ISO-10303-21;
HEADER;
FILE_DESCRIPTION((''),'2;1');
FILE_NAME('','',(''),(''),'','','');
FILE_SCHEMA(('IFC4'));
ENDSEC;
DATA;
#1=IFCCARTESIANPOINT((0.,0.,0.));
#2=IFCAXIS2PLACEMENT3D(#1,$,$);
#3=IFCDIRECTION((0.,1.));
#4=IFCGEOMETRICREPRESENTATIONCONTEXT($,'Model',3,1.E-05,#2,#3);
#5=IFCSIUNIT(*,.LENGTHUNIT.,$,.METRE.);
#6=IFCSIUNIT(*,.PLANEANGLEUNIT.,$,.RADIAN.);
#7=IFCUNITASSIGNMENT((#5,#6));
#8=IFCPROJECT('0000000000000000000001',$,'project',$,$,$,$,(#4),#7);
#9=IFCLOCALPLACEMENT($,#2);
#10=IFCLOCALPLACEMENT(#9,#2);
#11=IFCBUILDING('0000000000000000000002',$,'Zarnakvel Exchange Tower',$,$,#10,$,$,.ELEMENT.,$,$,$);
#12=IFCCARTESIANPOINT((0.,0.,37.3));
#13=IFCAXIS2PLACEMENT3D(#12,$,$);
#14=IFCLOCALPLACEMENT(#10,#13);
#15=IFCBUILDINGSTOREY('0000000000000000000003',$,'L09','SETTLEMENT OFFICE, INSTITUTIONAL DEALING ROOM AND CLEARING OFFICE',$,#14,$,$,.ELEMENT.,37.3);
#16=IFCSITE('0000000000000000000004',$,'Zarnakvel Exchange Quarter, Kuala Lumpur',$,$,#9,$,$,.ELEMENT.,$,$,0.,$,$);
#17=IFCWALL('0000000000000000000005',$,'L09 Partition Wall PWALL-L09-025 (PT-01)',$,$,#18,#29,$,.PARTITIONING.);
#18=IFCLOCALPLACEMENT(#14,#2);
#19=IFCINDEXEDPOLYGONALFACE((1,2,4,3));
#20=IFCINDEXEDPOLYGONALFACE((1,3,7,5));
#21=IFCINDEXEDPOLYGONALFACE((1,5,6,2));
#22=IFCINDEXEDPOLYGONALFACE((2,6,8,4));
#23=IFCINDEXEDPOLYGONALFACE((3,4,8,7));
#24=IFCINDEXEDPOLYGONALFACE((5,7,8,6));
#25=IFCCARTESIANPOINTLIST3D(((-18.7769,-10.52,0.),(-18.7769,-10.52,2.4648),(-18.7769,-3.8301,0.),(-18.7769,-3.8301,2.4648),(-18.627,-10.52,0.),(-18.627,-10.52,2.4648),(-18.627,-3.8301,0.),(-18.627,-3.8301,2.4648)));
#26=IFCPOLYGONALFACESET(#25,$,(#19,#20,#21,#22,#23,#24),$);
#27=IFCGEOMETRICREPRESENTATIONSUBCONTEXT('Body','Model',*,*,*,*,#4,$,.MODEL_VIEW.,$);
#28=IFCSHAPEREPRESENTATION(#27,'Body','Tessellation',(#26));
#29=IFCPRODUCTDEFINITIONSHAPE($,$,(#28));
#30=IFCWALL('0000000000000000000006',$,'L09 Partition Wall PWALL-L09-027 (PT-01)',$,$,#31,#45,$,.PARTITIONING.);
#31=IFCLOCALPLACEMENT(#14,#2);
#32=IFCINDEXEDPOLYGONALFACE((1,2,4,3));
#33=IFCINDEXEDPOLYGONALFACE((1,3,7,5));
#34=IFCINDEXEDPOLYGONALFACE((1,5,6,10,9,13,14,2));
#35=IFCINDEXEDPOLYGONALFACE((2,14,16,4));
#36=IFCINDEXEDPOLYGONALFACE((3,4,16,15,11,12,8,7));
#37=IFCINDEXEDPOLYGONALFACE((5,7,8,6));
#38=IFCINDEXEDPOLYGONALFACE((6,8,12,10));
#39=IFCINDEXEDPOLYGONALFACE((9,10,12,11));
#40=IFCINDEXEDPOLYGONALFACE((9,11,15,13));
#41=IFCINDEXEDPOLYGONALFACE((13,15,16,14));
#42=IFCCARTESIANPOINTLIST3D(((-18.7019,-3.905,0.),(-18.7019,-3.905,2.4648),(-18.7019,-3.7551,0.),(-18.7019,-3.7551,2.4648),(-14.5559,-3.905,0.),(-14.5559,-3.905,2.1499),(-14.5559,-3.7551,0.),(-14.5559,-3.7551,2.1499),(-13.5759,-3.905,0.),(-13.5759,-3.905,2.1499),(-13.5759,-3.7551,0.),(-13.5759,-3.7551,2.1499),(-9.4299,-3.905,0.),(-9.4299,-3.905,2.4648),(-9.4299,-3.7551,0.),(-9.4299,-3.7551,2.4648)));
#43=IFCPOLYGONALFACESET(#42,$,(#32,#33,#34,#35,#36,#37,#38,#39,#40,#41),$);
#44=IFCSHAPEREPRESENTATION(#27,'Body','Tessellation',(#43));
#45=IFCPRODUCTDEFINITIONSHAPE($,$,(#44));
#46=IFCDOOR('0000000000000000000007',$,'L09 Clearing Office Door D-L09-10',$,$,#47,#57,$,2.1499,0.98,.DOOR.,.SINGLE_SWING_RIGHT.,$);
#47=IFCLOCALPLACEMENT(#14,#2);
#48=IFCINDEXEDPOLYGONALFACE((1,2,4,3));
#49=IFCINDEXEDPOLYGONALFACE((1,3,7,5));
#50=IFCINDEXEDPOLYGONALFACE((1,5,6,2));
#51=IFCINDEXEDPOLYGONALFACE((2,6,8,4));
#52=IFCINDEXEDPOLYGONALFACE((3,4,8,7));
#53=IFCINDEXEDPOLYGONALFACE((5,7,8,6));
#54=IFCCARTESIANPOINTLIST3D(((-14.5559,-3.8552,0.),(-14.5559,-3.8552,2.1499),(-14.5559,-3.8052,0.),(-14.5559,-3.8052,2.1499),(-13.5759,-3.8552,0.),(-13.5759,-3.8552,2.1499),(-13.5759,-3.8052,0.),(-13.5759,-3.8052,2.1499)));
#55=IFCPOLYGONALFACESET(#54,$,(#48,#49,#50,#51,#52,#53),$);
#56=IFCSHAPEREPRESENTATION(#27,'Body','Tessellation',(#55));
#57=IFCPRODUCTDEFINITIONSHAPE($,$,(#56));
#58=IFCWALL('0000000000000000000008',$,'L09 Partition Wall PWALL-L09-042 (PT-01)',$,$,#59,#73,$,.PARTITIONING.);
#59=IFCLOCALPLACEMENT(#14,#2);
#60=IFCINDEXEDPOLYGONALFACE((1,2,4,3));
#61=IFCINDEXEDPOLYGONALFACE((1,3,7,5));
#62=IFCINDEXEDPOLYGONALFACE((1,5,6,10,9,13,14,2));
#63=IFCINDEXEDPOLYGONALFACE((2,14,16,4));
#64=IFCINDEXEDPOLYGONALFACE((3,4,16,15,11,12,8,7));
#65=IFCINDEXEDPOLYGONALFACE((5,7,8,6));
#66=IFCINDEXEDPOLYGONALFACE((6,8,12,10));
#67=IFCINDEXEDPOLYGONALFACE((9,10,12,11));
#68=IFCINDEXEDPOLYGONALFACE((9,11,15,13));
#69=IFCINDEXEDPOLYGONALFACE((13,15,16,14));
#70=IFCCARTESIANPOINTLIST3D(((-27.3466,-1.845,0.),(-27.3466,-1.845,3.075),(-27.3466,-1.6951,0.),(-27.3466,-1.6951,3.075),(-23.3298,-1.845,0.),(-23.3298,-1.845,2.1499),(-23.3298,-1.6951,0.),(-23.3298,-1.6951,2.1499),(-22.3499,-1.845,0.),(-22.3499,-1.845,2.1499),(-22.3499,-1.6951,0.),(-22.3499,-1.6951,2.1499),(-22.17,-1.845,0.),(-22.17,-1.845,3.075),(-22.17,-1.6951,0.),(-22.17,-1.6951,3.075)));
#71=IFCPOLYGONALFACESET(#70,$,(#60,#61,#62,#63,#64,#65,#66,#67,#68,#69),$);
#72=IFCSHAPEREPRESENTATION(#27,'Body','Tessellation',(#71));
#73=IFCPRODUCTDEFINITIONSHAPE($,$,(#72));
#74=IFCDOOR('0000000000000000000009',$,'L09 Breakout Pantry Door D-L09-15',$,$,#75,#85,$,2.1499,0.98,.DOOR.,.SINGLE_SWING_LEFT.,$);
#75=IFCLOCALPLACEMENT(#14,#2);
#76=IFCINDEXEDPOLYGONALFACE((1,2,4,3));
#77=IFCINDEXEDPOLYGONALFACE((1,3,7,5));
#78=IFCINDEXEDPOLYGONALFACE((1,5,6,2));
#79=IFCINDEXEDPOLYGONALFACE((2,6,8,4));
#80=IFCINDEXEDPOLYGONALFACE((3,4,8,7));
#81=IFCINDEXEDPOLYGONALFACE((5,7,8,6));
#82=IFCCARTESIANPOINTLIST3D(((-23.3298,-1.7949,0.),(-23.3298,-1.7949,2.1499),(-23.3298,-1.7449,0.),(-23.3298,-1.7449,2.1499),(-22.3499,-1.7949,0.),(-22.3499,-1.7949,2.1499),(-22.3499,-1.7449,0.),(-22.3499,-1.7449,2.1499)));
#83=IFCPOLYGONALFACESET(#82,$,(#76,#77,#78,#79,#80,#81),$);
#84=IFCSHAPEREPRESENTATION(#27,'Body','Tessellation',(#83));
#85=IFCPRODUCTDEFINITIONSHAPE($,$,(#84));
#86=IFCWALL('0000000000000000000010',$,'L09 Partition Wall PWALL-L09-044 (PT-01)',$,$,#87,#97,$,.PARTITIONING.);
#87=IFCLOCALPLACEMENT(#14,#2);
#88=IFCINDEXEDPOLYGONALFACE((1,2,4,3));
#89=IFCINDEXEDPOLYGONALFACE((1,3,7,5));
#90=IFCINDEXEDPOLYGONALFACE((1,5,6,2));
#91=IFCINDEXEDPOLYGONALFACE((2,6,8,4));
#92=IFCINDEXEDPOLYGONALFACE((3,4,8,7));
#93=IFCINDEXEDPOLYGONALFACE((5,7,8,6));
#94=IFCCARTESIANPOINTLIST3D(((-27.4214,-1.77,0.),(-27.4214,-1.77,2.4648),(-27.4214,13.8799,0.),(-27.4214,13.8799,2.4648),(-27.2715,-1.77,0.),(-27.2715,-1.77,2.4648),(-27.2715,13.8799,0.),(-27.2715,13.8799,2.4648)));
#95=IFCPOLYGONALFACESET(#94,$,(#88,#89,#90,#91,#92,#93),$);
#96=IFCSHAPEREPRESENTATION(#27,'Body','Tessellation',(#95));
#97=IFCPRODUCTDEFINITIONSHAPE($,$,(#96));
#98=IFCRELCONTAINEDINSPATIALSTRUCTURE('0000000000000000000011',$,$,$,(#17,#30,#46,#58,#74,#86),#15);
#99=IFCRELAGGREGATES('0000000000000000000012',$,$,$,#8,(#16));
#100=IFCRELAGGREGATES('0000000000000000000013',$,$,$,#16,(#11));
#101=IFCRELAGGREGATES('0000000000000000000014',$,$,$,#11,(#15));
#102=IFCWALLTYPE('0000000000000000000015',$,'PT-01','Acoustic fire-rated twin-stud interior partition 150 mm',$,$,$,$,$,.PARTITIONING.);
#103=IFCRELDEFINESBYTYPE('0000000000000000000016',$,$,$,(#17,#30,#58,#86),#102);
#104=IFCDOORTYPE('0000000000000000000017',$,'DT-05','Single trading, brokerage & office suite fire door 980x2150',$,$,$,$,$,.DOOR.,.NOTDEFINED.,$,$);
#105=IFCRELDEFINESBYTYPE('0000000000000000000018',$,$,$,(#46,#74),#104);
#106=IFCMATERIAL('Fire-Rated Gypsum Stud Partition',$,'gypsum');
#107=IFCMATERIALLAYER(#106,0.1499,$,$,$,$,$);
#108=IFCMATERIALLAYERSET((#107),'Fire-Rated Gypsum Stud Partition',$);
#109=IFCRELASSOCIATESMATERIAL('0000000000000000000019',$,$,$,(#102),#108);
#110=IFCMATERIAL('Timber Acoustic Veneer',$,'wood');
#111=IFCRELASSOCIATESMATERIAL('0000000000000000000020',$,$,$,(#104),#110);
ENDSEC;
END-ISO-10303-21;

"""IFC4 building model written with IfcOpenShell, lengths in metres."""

from ifc_helpers import new_model, si_unit, direction, frame, frame_2d, origin, place, context, subcontext, project, spatial, rectangle, extrude, source, transform, mapped, material, layer, layer_set, type_object, element, fill, save


model = new_model("IFC4")

# Units and contexts
model_context = context("Model", 3, precision=1e-05, world=origin(), true_north=direction((0.0, 1.0)))
body_context = subcontext(model_context, "Body", "Model", "MODEL_VIEW")
ifc_project = project(units=[si_unit("LENGTHUNIT", "METRE"), si_unit("PLANEANGLEUNIT", "RADIAN")], contexts=[model_context])

# Site, building, storey
site_placement = place(None, origin())
site = spatial("IfcSite", under=ifc_project, at=site_placement, Name="Zarnakvel Exchange Quarter, Kuala Lumpur", CompositionType="ELEMENT", RefElevation=0.0)
building_placement = place(site_placement, origin())
building = spatial("IfcBuilding", under=site, at=building_placement, Name="Zarnakvel Exchange Tower", CompositionType="ELEMENT")
storey_placement = place(building_placement, frame((0.0, 0.0, 37.3)))
storey = spatial("IfcBuildingStorey", under=building, at=storey_placement, Name="L09", Description="SETTLEMENT OFFICE, INSTITUTIONAL DEALING ROOM AND CLEARING OFFICE", CompositionType="ELEMENT", Elevation=37.3)

# Shared definitions
ifc_material_1 = material(Name="Fire-Rated Gypsum Stud Partition", Category="gypsum")
ifc_layer_1 = layer(ifc_material_1, 0.1499)
ifc_layer_set_1 = layer_set([ifc_layer_1], Name="Fire-Rated Gypsum Stud Partition")
wall_type = type_object("IfcWallType", Name="PT-01", Description="Acoustic fire-rated twin-stud interior partition 150 mm", PredefinedType="PARTITIONING", material=ifc_layer_set_1)
ifc_material_2 = material(Name="Timber Acoustic Veneer", Category="wood")
door_type = type_object("IfcDoorType", Name="DT-05", Description="Single trading, brokerage & office suite fire door 980x2150", OperationType="NOTDEFINED", PredefinedType="DOOR", material=ifc_material_2)
shared_shape_1 = source(origin(), body_context, "Body", "SweptSolid", [
    extrude(rectangle(XDim=0.98, YDim=2.1499, at=frame_2d((0.49, 1.075))), frame((0.0, 0.0249, 0.0), z_axis=(0.0, -1.0, 0.0), x_axis=(1.0, 0.0, 0.0)), (0.0, 0.0, 1.0), 0.05),
])

# Wall
wall_1_placement = place(storey_placement, frame((-18.7019, -3.8301, 0.0), z_axis=(0.0, 0.0, 1.0), x_axis=(0.0, -1.0, 0.0)))
element("IfcWall", 1, at=wall_1_placement, inside=storey, type_object=wall_type, Name="L09 Partition Wall PWALL-L09-025 (PT-01)", PredefinedType="PARTITIONING", context=body_context, shape_type="SweptSolid", body=[
    extrude(rectangle(XDim=6.6899, YDim=0.1499, at=frame_2d((3.345, 0.0))), origin(), (0.0, 0.0, 1.0), 2.4648),
])

# Walls, openings, doors
wall_2_placement = place(storey_placement, frame((-18.7019, -3.8301, 0.0), z_axis=(0.0, 0.0, 1.0), x_axis=(1.0, 0.0, 0.0)))
wall_2 = element("IfcWall", 2, at=wall_2_placement, inside=storey, type_object=wall_type, Name="L09 Partition Wall PWALL-L09-027 (PT-01)", PredefinedType="PARTITIONING", context=body_context, shape_type="SweptSolid", body=[
    extrude(rectangle(XDim=9.272, YDim=0.1499, at=frame_2d((4.636, 0.0))), origin(), (0.0, 0.0, 1.0), 2.4648),
])
opening_1_placement = place(wall_2_placement, frame((4.146, 0.0, 0.0)))
opening_1 = element("IfcOpeningElement", 3, at=opening_1_placement, cuts=wall_2, PredefinedType="OPENING", context=body_context, shape_type="SweptSolid", body=[
    extrude(rectangle(XDim=0.98, YDim=2.1499, at=frame_2d((0.49, 1.075))), frame((0.0, 0.085, 0.0), z_axis=(0.0, -1.0, 0.0), x_axis=(1.0, 0.0, 0.0)), (0.0, 0.0, 1.0), 0.1699),
])
door_1_placement = place(opening_1_placement, origin())
door_1 = element("IfcDoor", 4, at=door_1_placement, inside=storey, type_object=door_type, Name="L09 Clearing Office Door D-L09-10", OperationType="SINGLE_SWING_RIGHT", OverallHeight=2.1499, OverallWidth=0.98, PredefinedType="DOOR", context=body_context, shape_type="MappedRepresentation", body=[
    mapped(shared_shape_1, transform((0.0, 0.0, 0.0), x_axis=(1.0, 0.0, 0.0), y_axis=(0.0, 1.0, 0.0), z_axis=(0.0, 0.0, 1.0), scale=1.0)),
])
fill(opening_1, door_1)
wall_3_placement = place(storey_placement, frame((-22.1699, -1.77, 0.0), z_axis=(0.0, 0.0, 1.0), x_axis=(-1.0, 0.0, 0.0)))
wall_3 = element("IfcWall", 5, at=wall_3_placement, inside=storey, type_object=wall_type, Name="L09 Partition Wall PWALL-L09-042 (PT-01)", PredefinedType="PARTITIONING", context=body_context, shape_type="SweptSolid", body=[
    extrude(rectangle(XDim=5.1765, YDim=0.1499, at=frame_2d((2.5884, 0.0))), origin(), (0.0, 0.0, 1.0), 3.075),
])
opening_2_placement = place(wall_3_placement, frame((0.1799, 0.0, 0.0)))
opening_2 = element("IfcOpeningElement", 6, at=opening_2_placement, cuts=wall_3, PredefinedType="OPENING", context=body_context, shape_type="SweptSolid", body=[
    extrude(rectangle(XDim=0.98, YDim=2.1499, at=frame_2d((0.49, 1.075))), frame((0.0, 0.085, 0.0), z_axis=(0.0, -1.0, 0.0), x_axis=(1.0, 0.0, 0.0)), (0.0, 0.0, 1.0), 0.1699),
])
door_2_placement = place(opening_2_placement, origin())
door_2 = element("IfcDoor", 7, at=door_2_placement, inside=storey, type_object=door_type, Name="L09 Breakout Pantry Door D-L09-15", OperationType="SINGLE_SWING_LEFT", OverallHeight=2.1499, OverallWidth=0.98, PredefinedType="DOOR", context=body_context, shape_type="MappedRepresentation", body=[
    mapped(shared_shape_1, transform((0.0, 0.0, 0.0), x_axis=(1.0, 0.0, 0.0), y_axis=(0.0, 1.0, 0.0), z_axis=(0.0, 0.0, 1.0), scale=1.0)),
])
fill(opening_2, door_2)

# Wall
wall_4_placement = place(storey_placement, frame((-27.3464, -1.77, 0.0), z_axis=(0.0, 0.0, 1.0), x_axis=(0.0, 1.0, 0.0)))
element("IfcWall", 8, at=wall_4_placement, inside=storey, type_object=wall_type, Name="L09 Partition Wall PWALL-L09-044 (PT-01)", PredefinedType="PARTITIONING", context=body_context, shape_type="SweptSolid", body=[
    extrude(rectangle(XDim=15.6499, YDim=0.1499, at=frame_2d((7.825, 0.0))), origin(), (0.0, 0.0, 1.0), 2.4648),
])

save(model, "model.ifc")
